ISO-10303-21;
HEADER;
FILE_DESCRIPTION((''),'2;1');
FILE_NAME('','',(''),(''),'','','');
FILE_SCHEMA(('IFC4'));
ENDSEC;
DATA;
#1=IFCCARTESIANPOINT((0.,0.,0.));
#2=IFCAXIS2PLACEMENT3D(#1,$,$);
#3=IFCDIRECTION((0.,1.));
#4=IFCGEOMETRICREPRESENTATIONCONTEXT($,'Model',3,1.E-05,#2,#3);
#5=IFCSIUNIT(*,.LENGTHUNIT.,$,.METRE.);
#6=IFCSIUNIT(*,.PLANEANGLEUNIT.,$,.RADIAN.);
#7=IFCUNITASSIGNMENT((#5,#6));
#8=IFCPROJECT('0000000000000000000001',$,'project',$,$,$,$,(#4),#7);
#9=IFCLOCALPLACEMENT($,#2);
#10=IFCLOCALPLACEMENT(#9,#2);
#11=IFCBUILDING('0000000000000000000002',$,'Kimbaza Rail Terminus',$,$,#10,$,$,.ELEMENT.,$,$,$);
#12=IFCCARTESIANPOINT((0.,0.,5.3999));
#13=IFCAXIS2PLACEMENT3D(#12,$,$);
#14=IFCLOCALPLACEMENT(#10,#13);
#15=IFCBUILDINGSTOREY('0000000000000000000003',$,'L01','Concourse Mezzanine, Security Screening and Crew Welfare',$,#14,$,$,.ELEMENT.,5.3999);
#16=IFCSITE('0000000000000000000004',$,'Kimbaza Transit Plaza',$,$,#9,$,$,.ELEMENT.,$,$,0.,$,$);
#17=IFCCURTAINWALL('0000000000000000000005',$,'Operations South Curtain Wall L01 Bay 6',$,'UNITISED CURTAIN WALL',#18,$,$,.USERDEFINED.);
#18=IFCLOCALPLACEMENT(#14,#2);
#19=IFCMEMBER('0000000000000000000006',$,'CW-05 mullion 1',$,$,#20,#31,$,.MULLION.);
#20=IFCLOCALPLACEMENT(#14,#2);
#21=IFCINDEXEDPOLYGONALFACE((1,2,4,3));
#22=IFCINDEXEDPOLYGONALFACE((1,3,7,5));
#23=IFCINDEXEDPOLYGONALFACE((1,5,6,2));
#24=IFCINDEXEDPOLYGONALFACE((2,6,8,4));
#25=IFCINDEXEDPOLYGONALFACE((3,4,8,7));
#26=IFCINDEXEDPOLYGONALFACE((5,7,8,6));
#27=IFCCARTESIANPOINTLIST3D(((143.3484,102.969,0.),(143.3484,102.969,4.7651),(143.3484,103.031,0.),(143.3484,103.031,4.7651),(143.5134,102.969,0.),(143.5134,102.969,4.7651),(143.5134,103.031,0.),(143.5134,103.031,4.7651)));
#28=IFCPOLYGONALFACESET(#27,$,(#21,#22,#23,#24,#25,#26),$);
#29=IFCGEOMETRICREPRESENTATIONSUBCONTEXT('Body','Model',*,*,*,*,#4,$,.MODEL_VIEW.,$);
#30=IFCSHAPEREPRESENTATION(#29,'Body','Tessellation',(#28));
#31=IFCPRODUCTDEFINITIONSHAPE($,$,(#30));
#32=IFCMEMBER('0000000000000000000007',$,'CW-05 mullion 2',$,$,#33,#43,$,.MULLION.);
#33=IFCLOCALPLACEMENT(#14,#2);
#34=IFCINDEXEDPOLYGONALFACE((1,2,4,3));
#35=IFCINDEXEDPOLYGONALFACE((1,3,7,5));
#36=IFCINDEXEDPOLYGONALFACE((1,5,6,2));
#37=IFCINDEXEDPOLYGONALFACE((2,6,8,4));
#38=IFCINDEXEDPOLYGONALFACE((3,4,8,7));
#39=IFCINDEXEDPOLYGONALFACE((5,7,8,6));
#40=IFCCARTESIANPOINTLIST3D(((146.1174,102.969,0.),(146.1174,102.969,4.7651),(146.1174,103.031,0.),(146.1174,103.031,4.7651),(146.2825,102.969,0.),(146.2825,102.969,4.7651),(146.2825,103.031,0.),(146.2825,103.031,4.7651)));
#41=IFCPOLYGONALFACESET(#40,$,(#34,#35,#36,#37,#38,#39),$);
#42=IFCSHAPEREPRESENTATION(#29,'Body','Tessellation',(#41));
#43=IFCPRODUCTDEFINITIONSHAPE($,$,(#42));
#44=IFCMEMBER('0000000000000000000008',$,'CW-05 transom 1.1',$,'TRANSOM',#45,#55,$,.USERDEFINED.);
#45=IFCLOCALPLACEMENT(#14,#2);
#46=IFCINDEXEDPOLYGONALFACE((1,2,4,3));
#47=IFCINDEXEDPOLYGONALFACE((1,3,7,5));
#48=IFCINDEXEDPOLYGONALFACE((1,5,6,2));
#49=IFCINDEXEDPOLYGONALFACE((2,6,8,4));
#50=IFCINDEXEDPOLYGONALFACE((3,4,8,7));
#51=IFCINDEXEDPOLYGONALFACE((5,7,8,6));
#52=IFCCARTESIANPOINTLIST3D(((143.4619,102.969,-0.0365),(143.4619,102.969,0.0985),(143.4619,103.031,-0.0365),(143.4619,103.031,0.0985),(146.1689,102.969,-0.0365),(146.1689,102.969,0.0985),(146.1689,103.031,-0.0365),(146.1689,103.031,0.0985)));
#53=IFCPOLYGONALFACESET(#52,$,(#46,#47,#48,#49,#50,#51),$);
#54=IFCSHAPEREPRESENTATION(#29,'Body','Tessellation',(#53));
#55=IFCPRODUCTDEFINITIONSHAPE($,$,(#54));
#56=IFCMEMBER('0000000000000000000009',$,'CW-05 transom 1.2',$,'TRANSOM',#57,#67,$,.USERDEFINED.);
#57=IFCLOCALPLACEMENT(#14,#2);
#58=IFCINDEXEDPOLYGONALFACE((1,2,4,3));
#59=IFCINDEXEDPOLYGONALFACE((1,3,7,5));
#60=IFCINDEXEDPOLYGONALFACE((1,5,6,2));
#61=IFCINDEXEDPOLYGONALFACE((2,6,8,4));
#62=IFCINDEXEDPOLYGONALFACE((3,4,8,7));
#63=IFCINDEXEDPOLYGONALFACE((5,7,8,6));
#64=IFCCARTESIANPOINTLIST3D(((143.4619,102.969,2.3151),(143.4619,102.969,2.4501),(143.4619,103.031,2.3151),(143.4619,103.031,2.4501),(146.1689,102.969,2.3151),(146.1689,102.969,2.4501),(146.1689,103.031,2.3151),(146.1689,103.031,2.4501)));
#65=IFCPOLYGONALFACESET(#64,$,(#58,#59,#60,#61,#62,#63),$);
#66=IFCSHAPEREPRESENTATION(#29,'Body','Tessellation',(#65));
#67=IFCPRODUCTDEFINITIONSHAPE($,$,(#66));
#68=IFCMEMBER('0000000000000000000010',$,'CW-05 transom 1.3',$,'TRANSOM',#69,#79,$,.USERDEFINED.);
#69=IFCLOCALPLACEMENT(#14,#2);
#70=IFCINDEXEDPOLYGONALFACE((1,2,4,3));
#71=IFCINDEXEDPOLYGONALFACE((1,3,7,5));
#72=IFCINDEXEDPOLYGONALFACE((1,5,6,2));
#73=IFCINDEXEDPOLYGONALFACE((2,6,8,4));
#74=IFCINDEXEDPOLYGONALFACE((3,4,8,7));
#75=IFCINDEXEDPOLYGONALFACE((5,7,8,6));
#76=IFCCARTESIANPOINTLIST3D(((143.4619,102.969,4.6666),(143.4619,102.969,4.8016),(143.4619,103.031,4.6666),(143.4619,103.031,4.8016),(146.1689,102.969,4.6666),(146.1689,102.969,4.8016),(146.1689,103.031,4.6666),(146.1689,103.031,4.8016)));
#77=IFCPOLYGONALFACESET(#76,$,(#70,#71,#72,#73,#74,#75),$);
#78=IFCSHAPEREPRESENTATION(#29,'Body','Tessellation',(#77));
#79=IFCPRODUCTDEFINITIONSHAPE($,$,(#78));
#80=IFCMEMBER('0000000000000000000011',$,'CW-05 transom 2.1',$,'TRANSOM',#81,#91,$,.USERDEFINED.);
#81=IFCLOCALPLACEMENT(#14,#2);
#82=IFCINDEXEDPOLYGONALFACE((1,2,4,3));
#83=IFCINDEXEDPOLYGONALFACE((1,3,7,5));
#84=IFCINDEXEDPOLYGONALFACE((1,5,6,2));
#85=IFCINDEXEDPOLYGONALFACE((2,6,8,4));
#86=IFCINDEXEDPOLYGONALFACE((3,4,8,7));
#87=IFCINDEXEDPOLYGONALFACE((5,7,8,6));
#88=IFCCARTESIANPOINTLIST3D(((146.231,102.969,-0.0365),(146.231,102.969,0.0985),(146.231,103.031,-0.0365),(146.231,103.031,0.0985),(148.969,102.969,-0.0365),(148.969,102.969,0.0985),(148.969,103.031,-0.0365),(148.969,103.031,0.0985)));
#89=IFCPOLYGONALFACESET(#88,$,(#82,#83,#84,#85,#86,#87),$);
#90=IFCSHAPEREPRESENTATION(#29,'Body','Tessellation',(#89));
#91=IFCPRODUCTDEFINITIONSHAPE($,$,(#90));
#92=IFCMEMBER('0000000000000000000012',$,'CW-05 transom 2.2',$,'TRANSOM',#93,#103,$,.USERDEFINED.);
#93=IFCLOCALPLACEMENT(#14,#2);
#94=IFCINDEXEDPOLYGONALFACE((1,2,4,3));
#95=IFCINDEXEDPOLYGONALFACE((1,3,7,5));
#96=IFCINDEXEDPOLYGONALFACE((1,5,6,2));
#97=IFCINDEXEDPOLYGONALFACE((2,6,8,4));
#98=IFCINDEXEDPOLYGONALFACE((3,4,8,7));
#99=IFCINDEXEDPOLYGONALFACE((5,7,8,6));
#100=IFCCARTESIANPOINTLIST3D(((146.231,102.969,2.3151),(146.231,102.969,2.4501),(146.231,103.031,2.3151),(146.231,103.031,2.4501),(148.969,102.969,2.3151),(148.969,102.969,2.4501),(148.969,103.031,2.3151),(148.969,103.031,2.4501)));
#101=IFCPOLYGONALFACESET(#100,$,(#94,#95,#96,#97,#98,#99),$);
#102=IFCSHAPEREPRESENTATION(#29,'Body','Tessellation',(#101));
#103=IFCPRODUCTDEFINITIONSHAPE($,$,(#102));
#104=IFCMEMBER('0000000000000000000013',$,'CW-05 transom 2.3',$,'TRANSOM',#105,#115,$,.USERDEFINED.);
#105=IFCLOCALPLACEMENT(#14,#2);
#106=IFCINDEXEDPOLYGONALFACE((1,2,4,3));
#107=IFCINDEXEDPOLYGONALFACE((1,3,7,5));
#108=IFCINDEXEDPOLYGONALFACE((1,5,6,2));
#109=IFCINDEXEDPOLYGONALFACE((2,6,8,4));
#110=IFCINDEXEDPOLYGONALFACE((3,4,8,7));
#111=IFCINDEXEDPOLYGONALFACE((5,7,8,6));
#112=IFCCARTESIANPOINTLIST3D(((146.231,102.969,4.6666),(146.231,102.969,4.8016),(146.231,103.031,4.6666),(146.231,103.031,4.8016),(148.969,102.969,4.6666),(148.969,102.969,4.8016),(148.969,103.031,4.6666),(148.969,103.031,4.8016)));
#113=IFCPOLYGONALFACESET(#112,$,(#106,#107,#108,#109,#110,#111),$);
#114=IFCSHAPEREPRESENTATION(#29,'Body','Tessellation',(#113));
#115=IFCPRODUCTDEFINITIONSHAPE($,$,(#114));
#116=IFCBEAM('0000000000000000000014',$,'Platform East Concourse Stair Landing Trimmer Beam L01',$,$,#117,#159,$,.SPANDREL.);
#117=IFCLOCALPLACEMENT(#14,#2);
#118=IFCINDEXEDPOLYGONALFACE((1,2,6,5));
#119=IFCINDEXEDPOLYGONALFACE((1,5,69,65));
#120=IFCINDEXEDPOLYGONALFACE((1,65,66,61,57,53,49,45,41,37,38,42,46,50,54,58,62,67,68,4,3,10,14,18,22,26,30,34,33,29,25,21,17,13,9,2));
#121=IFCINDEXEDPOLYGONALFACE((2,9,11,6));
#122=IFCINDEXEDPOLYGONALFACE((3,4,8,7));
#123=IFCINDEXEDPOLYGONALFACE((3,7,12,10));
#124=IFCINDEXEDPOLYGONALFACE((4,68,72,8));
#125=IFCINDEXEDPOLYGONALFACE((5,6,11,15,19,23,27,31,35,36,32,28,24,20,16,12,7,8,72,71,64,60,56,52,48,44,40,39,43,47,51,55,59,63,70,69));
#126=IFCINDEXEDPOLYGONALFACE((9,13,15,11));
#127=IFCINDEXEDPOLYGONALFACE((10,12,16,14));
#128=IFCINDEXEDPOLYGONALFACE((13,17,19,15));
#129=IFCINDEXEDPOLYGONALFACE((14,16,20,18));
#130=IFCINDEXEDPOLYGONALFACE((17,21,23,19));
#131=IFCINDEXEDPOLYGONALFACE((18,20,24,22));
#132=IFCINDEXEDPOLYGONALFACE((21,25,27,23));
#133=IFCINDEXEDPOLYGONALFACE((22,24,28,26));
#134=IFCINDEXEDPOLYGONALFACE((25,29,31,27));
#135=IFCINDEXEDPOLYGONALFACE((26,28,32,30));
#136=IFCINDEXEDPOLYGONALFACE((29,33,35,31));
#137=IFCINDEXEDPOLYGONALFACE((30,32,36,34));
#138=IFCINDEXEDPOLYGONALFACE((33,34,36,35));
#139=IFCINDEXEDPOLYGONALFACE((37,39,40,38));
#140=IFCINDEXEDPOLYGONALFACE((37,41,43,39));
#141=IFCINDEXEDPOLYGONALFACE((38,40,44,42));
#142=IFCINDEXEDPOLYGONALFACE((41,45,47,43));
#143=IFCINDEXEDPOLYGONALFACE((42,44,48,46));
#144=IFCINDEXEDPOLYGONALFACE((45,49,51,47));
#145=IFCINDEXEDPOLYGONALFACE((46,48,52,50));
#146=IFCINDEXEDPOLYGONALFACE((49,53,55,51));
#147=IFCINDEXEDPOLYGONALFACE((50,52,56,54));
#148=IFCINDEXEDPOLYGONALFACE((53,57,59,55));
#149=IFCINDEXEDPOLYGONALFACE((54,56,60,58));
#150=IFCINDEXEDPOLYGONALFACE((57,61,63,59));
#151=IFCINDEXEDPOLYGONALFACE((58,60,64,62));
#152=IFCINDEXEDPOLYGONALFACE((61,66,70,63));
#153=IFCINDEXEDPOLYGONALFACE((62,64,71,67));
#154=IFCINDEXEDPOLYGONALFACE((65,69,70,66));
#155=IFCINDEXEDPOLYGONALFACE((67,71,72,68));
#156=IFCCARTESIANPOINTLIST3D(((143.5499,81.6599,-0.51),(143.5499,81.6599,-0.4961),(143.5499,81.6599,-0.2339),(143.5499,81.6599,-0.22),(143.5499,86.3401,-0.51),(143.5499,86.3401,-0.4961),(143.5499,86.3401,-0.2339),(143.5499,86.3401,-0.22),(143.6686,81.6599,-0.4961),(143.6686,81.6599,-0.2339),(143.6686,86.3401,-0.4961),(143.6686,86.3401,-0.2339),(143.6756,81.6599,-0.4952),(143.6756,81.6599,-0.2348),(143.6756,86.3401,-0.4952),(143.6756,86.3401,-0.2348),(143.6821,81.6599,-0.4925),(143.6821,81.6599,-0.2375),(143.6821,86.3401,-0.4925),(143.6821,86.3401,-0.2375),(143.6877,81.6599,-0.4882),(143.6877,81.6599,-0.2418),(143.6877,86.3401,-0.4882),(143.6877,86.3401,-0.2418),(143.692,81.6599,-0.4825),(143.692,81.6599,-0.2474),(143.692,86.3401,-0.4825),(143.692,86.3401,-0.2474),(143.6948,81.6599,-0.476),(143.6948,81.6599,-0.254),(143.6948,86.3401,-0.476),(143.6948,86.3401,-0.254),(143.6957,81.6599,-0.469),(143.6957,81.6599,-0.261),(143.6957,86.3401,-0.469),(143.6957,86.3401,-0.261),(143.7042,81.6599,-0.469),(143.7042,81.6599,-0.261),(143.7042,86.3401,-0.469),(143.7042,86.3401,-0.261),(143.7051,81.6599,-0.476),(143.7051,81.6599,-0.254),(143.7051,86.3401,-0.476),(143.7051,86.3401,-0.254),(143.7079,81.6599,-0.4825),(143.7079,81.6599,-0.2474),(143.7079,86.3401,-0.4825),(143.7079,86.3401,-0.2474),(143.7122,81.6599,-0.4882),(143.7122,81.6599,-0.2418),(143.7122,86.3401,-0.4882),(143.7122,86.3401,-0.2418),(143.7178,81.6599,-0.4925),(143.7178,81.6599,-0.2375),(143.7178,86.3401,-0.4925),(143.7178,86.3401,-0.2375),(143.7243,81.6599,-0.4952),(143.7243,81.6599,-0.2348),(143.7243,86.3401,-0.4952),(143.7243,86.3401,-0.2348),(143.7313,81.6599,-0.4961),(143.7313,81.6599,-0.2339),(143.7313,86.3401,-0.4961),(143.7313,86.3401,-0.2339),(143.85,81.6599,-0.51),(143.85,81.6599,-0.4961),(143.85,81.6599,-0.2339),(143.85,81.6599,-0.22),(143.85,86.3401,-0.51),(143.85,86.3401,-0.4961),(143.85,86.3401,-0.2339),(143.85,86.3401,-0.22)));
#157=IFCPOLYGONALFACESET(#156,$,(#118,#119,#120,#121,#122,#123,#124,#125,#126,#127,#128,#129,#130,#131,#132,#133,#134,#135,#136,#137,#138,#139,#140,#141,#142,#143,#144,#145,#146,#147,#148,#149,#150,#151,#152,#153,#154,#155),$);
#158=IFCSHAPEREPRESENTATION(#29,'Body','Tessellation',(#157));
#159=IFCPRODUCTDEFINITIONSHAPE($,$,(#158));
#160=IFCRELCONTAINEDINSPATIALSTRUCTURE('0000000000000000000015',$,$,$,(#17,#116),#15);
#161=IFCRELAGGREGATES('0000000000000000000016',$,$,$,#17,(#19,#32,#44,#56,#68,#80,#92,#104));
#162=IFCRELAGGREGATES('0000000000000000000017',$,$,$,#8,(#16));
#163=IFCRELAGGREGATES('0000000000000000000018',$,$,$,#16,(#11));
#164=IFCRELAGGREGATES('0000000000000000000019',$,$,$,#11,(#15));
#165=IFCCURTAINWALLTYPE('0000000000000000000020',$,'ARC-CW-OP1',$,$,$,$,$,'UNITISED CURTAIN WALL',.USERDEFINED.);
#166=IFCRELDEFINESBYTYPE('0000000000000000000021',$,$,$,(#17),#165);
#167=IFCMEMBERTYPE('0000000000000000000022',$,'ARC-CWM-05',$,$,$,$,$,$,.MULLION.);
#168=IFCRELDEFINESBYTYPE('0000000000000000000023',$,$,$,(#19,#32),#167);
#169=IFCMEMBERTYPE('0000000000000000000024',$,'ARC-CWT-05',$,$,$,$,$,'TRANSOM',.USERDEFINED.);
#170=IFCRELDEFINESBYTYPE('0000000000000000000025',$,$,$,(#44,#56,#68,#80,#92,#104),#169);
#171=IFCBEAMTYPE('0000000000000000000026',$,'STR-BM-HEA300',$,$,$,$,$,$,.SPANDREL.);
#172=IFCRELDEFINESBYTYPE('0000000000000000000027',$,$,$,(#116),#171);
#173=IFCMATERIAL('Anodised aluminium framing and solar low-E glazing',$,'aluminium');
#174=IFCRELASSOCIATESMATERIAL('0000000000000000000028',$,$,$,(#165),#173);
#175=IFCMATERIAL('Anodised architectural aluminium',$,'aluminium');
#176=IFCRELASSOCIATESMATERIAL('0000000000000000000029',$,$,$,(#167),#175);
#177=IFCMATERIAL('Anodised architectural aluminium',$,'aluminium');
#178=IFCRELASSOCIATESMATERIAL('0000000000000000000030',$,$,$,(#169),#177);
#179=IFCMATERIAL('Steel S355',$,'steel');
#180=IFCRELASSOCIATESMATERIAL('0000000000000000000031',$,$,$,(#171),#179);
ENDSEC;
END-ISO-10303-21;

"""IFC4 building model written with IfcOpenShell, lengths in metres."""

from ifc_helpers import new_model, si_unit, direction, frame, origin, origin_2d, place, context, subcontext, project, spatial, rectangle, i_section, extrude, material, material_profile, profile_set, type_object, element, aggregate, save


model = new_model("IFC4")

# Units and contexts
model_context = context("Model", 3, precision=1e-05, world=origin(), true_north=direction((0.0, 1.0)))
body_context = subcontext(model_context, "Body", "Model", "MODEL_VIEW")
ifc_project = project(units=[si_unit("LENGTHUNIT", "METRE"), si_unit("PLANEANGLEUNIT", "RADIAN")], contexts=[model_context])

# Site, building, storey
site_placement = place(None, origin())
site = spatial("IfcSite", under=ifc_project, at=site_placement, Name="Kimbaza Transit Plaza", CompositionType="ELEMENT", RefElevation=0.0)
building_placement = place(site_placement, origin())
building = spatial("IfcBuilding", under=site, at=building_placement, Name="Kimbaza Rail Terminus", CompositionType="ELEMENT")
storey_placement = place(building_placement, frame((0.0, 0.0, 5.3999)))
storey = spatial("IfcBuildingStorey", under=building, at=storey_placement, Name="L01", Description="Concourse Mezzanine, Security Screening and Crew Welfare", CompositionType="ELEMENT", Elevation=5.3999)

# Curtain wall, members
ifc_material_1 = material(Name="Anodised aluminium framing and solar low-E glazing", Category="aluminium")
curtain_wall_type = type_object("IfcCurtainWallType", Name="ARC-CW-OP1", ElementType="UNITISED CURTAIN WALL", PredefinedType="USERDEFINED", material=ifc_material_1)
curtain_wall_placement = place(storey_placement, origin())
curtain_wall = element("IfcCurtainWall", 1, at=curtain_wall_placement, inside=storey, type_object=curtain_wall_type, Name="Operations South Curtain Wall L01 Bay 6", ObjectType="UNITISED CURTAIN WALL", PredefinedType="USERDEFINED")
ifc_material_2 = material(Name="Anodised architectural aluminium", Category="aluminium")
ifc_material_profile_1 = material_profile(ifc_material_2, rectangle(XDim=0.062, YDim=0.165, at=origin_2d()), Name="MULLION 62x165")
ifc_profile_set_1 = profile_set([ifc_material_profile_1], Name="Anodised architectural aluminium")
member_type_1 = type_object("IfcMemberType", Name="ARC-CWM-05", PredefinedType="MULLION", material=ifc_profile_set_1)
member_1_placement = place(storey_placement, frame((143.4309, 103.0, 0.0), z_axis=(0.0, 0.0, 1.0), x_axis=(0.0, 1.0, 0.0)))
member_1 = element("IfcMember", 2, at=member_1_placement, type_object=member_type_1, Name="CW-05 mullion 1", PredefinedType="MULLION", context=body_context, shape_type="SweptSolid", body=[
    extrude(rectangle(XDim=0.062, YDim=0.165, at=origin_2d()), origin(), (0.0, 0.0, 1.0), 4.7651),
])
member_2_placement = place(storey_placement, frame((146.2, 103.0, 0.0), z_axis=(0.0, 0.0, 1.0), x_axis=(0.0, 1.0, 0.0)))
member_2 = element("IfcMember", 3, at=member_2_placement, type_object=member_type_1, Name="CW-05 mullion 2", PredefinedType="MULLION", context=body_context, shape_type="SweptSolid", body=[
    extrude(rectangle(XDim=0.062, YDim=0.165, at=origin_2d()), origin(), (0.0, 0.0, 1.0), 4.7651),
])
ifc_material_3 = material(Name="Anodised architectural aluminium", Category="aluminium")
ifc_material_profile_2 = material_profile(ifc_material_3, rectangle(XDim=0.062, YDim=0.135, at=origin_2d()), Name="TRANSOM 62x135")
ifc_profile_set_2 = profile_set([ifc_material_profile_2], Name="Anodised architectural aluminium")
member_type_2 = type_object("IfcMemberType", Name="ARC-CWT-05", ElementType="TRANSOM", PredefinedType="USERDEFINED", material=ifc_profile_set_2)
member_3_placement = place(storey_placement, frame((143.4619, 103.0, 0.031), z_axis=(1.0, 0.0, 0.0), x_axis=(0.0, 1.0, 0.0)))
member_3 = element("IfcMember", 4, at=member_3_placement, type_object=member_type_2, Name="CW-05 transom 1.1", ObjectType="TRANSOM", PredefinedType="USERDEFINED", context=body_context, shape_type="SweptSolid", body=[
    extrude(rectangle(XDim=0.062, YDim=0.135, at=origin_2d()), origin(), (0.0, 0.0, 1.0), 2.707),
])
member_4_placement = place(storey_placement, frame((143.4619, 103.0, 2.3826), z_axis=(1.0, 0.0, 0.0), x_axis=(0.0, 1.0, 0.0)))
member_4 = element("IfcMember", 5, at=member_4_placement, type_object=member_type_2, Name="CW-05 transom 1.2", ObjectType="TRANSOM", PredefinedType="USERDEFINED", context=body_context, shape_type="SweptSolid", body=[
    extrude(rectangle(XDim=0.062, YDim=0.135, at=origin_2d()), origin(), (0.0, 0.0, 1.0), 2.707),
])
member_5_placement = place(storey_placement, frame((143.4619, 103.0, 4.7341), z_axis=(1.0, 0.0, 0.0), x_axis=(0.0, 1.0, 0.0)))
member_5 = element("IfcMember", 6, at=member_5_placement, type_object=member_type_2, Name="CW-05 transom 1.3", ObjectType="TRANSOM", PredefinedType="USERDEFINED", context=body_context, shape_type="SweptSolid", body=[
    extrude(rectangle(XDim=0.062, YDim=0.135, at=origin_2d()), origin(), (0.0, 0.0, 1.0), 2.707),
])
member_6_placement = place(storey_placement, frame((146.231, 103.0, 0.031), z_axis=(1.0, 0.0, 0.0), x_axis=(0.0, 1.0, 0.0)))
member_6 = element("IfcMember", 7, at=member_6_placement, type_object=member_type_2, Name="CW-05 transom 2.1", ObjectType="TRANSOM", PredefinedType="USERDEFINED", context=body_context, shape_type="SweptSolid", body=[
    extrude(rectangle(XDim=0.062, YDim=0.135, at=origin_2d()), origin(), (0.0, 0.0, 1.0), 2.738),
])
member_7_placement = place(storey_placement, frame((146.231, 103.0, 2.3826), z_axis=(1.0, 0.0, 0.0), x_axis=(0.0, 1.0, 0.0)))
member_7 = element("IfcMember", 8, at=member_7_placement, type_object=member_type_2, Name="CW-05 transom 2.2", ObjectType="TRANSOM", PredefinedType="USERDEFINED", context=body_context, shape_type="SweptSolid", body=[
    extrude(rectangle(XDim=0.062, YDim=0.135, at=origin_2d()), origin(), (0.0, 0.0, 1.0), 2.738),
])
member_8_placement = place(storey_placement, frame((146.231, 103.0, 4.7341), z_axis=(1.0, 0.0, 0.0), x_axis=(0.0, 1.0, 0.0)))
member_8 = element("IfcMember", 9, at=member_8_placement, type_object=member_type_2, Name="CW-05 transom 2.3", ObjectType="TRANSOM", PredefinedType="USERDEFINED", context=body_context, shape_type="SweptSolid", body=[
    extrude(rectangle(XDim=0.062, YDim=0.135, at=origin_2d()), origin(), (0.0, 0.0, 1.0), 2.738),
])

# Beam
ifc_material_4 = material(Name="Steel S355", Category="steel")
ifc_material_profile_3 = material_profile(ifc_material_4, i_section(OverallWidth=0.3, OverallDepth=0.29, WebThickness=0.0085, FlangeThickness=0.0139, FilletRadius=0.0271, at=origin_2d()), Name="HEA 300")
ifc_profile_set_3 = profile_set([ifc_material_profile_3], Name="Steel S355")
beam_type_1 = type_object("IfcBeamType", Name="STR-BM-HEA300", PredefinedType="SPANDREL", material=ifc_profile_set_3)
beam_placement = place(storey_placement, frame((143.7, 81.6599, -0.365), z_axis=(0.0, 1.0, 0.0), x_axis=(-1.0, 0.0, 0.0)))
element("IfcBeam", 10, at=beam_placement, inside=storey, type_object=beam_type_1, Name="Platform East Concourse Stair Landing Trimmer Beam L01", PredefinedType="SPANDREL", context=body_context, shape_type="SweptSolid", body=[
    extrude(i_section(OverallWidth=0.3, OverallDepth=0.29, WebThickness=0.0085, FlangeThickness=0.0139, FilletRadius=0.0271, at=origin_2d()), origin(), (0.0, 0.0, 1.0), 4.6802),
])

aggregate(curtain_wall, [member_1, member_2, member_3, member_4, member_5, member_6, member_7, member_8])

save(model, "model.ifc")
